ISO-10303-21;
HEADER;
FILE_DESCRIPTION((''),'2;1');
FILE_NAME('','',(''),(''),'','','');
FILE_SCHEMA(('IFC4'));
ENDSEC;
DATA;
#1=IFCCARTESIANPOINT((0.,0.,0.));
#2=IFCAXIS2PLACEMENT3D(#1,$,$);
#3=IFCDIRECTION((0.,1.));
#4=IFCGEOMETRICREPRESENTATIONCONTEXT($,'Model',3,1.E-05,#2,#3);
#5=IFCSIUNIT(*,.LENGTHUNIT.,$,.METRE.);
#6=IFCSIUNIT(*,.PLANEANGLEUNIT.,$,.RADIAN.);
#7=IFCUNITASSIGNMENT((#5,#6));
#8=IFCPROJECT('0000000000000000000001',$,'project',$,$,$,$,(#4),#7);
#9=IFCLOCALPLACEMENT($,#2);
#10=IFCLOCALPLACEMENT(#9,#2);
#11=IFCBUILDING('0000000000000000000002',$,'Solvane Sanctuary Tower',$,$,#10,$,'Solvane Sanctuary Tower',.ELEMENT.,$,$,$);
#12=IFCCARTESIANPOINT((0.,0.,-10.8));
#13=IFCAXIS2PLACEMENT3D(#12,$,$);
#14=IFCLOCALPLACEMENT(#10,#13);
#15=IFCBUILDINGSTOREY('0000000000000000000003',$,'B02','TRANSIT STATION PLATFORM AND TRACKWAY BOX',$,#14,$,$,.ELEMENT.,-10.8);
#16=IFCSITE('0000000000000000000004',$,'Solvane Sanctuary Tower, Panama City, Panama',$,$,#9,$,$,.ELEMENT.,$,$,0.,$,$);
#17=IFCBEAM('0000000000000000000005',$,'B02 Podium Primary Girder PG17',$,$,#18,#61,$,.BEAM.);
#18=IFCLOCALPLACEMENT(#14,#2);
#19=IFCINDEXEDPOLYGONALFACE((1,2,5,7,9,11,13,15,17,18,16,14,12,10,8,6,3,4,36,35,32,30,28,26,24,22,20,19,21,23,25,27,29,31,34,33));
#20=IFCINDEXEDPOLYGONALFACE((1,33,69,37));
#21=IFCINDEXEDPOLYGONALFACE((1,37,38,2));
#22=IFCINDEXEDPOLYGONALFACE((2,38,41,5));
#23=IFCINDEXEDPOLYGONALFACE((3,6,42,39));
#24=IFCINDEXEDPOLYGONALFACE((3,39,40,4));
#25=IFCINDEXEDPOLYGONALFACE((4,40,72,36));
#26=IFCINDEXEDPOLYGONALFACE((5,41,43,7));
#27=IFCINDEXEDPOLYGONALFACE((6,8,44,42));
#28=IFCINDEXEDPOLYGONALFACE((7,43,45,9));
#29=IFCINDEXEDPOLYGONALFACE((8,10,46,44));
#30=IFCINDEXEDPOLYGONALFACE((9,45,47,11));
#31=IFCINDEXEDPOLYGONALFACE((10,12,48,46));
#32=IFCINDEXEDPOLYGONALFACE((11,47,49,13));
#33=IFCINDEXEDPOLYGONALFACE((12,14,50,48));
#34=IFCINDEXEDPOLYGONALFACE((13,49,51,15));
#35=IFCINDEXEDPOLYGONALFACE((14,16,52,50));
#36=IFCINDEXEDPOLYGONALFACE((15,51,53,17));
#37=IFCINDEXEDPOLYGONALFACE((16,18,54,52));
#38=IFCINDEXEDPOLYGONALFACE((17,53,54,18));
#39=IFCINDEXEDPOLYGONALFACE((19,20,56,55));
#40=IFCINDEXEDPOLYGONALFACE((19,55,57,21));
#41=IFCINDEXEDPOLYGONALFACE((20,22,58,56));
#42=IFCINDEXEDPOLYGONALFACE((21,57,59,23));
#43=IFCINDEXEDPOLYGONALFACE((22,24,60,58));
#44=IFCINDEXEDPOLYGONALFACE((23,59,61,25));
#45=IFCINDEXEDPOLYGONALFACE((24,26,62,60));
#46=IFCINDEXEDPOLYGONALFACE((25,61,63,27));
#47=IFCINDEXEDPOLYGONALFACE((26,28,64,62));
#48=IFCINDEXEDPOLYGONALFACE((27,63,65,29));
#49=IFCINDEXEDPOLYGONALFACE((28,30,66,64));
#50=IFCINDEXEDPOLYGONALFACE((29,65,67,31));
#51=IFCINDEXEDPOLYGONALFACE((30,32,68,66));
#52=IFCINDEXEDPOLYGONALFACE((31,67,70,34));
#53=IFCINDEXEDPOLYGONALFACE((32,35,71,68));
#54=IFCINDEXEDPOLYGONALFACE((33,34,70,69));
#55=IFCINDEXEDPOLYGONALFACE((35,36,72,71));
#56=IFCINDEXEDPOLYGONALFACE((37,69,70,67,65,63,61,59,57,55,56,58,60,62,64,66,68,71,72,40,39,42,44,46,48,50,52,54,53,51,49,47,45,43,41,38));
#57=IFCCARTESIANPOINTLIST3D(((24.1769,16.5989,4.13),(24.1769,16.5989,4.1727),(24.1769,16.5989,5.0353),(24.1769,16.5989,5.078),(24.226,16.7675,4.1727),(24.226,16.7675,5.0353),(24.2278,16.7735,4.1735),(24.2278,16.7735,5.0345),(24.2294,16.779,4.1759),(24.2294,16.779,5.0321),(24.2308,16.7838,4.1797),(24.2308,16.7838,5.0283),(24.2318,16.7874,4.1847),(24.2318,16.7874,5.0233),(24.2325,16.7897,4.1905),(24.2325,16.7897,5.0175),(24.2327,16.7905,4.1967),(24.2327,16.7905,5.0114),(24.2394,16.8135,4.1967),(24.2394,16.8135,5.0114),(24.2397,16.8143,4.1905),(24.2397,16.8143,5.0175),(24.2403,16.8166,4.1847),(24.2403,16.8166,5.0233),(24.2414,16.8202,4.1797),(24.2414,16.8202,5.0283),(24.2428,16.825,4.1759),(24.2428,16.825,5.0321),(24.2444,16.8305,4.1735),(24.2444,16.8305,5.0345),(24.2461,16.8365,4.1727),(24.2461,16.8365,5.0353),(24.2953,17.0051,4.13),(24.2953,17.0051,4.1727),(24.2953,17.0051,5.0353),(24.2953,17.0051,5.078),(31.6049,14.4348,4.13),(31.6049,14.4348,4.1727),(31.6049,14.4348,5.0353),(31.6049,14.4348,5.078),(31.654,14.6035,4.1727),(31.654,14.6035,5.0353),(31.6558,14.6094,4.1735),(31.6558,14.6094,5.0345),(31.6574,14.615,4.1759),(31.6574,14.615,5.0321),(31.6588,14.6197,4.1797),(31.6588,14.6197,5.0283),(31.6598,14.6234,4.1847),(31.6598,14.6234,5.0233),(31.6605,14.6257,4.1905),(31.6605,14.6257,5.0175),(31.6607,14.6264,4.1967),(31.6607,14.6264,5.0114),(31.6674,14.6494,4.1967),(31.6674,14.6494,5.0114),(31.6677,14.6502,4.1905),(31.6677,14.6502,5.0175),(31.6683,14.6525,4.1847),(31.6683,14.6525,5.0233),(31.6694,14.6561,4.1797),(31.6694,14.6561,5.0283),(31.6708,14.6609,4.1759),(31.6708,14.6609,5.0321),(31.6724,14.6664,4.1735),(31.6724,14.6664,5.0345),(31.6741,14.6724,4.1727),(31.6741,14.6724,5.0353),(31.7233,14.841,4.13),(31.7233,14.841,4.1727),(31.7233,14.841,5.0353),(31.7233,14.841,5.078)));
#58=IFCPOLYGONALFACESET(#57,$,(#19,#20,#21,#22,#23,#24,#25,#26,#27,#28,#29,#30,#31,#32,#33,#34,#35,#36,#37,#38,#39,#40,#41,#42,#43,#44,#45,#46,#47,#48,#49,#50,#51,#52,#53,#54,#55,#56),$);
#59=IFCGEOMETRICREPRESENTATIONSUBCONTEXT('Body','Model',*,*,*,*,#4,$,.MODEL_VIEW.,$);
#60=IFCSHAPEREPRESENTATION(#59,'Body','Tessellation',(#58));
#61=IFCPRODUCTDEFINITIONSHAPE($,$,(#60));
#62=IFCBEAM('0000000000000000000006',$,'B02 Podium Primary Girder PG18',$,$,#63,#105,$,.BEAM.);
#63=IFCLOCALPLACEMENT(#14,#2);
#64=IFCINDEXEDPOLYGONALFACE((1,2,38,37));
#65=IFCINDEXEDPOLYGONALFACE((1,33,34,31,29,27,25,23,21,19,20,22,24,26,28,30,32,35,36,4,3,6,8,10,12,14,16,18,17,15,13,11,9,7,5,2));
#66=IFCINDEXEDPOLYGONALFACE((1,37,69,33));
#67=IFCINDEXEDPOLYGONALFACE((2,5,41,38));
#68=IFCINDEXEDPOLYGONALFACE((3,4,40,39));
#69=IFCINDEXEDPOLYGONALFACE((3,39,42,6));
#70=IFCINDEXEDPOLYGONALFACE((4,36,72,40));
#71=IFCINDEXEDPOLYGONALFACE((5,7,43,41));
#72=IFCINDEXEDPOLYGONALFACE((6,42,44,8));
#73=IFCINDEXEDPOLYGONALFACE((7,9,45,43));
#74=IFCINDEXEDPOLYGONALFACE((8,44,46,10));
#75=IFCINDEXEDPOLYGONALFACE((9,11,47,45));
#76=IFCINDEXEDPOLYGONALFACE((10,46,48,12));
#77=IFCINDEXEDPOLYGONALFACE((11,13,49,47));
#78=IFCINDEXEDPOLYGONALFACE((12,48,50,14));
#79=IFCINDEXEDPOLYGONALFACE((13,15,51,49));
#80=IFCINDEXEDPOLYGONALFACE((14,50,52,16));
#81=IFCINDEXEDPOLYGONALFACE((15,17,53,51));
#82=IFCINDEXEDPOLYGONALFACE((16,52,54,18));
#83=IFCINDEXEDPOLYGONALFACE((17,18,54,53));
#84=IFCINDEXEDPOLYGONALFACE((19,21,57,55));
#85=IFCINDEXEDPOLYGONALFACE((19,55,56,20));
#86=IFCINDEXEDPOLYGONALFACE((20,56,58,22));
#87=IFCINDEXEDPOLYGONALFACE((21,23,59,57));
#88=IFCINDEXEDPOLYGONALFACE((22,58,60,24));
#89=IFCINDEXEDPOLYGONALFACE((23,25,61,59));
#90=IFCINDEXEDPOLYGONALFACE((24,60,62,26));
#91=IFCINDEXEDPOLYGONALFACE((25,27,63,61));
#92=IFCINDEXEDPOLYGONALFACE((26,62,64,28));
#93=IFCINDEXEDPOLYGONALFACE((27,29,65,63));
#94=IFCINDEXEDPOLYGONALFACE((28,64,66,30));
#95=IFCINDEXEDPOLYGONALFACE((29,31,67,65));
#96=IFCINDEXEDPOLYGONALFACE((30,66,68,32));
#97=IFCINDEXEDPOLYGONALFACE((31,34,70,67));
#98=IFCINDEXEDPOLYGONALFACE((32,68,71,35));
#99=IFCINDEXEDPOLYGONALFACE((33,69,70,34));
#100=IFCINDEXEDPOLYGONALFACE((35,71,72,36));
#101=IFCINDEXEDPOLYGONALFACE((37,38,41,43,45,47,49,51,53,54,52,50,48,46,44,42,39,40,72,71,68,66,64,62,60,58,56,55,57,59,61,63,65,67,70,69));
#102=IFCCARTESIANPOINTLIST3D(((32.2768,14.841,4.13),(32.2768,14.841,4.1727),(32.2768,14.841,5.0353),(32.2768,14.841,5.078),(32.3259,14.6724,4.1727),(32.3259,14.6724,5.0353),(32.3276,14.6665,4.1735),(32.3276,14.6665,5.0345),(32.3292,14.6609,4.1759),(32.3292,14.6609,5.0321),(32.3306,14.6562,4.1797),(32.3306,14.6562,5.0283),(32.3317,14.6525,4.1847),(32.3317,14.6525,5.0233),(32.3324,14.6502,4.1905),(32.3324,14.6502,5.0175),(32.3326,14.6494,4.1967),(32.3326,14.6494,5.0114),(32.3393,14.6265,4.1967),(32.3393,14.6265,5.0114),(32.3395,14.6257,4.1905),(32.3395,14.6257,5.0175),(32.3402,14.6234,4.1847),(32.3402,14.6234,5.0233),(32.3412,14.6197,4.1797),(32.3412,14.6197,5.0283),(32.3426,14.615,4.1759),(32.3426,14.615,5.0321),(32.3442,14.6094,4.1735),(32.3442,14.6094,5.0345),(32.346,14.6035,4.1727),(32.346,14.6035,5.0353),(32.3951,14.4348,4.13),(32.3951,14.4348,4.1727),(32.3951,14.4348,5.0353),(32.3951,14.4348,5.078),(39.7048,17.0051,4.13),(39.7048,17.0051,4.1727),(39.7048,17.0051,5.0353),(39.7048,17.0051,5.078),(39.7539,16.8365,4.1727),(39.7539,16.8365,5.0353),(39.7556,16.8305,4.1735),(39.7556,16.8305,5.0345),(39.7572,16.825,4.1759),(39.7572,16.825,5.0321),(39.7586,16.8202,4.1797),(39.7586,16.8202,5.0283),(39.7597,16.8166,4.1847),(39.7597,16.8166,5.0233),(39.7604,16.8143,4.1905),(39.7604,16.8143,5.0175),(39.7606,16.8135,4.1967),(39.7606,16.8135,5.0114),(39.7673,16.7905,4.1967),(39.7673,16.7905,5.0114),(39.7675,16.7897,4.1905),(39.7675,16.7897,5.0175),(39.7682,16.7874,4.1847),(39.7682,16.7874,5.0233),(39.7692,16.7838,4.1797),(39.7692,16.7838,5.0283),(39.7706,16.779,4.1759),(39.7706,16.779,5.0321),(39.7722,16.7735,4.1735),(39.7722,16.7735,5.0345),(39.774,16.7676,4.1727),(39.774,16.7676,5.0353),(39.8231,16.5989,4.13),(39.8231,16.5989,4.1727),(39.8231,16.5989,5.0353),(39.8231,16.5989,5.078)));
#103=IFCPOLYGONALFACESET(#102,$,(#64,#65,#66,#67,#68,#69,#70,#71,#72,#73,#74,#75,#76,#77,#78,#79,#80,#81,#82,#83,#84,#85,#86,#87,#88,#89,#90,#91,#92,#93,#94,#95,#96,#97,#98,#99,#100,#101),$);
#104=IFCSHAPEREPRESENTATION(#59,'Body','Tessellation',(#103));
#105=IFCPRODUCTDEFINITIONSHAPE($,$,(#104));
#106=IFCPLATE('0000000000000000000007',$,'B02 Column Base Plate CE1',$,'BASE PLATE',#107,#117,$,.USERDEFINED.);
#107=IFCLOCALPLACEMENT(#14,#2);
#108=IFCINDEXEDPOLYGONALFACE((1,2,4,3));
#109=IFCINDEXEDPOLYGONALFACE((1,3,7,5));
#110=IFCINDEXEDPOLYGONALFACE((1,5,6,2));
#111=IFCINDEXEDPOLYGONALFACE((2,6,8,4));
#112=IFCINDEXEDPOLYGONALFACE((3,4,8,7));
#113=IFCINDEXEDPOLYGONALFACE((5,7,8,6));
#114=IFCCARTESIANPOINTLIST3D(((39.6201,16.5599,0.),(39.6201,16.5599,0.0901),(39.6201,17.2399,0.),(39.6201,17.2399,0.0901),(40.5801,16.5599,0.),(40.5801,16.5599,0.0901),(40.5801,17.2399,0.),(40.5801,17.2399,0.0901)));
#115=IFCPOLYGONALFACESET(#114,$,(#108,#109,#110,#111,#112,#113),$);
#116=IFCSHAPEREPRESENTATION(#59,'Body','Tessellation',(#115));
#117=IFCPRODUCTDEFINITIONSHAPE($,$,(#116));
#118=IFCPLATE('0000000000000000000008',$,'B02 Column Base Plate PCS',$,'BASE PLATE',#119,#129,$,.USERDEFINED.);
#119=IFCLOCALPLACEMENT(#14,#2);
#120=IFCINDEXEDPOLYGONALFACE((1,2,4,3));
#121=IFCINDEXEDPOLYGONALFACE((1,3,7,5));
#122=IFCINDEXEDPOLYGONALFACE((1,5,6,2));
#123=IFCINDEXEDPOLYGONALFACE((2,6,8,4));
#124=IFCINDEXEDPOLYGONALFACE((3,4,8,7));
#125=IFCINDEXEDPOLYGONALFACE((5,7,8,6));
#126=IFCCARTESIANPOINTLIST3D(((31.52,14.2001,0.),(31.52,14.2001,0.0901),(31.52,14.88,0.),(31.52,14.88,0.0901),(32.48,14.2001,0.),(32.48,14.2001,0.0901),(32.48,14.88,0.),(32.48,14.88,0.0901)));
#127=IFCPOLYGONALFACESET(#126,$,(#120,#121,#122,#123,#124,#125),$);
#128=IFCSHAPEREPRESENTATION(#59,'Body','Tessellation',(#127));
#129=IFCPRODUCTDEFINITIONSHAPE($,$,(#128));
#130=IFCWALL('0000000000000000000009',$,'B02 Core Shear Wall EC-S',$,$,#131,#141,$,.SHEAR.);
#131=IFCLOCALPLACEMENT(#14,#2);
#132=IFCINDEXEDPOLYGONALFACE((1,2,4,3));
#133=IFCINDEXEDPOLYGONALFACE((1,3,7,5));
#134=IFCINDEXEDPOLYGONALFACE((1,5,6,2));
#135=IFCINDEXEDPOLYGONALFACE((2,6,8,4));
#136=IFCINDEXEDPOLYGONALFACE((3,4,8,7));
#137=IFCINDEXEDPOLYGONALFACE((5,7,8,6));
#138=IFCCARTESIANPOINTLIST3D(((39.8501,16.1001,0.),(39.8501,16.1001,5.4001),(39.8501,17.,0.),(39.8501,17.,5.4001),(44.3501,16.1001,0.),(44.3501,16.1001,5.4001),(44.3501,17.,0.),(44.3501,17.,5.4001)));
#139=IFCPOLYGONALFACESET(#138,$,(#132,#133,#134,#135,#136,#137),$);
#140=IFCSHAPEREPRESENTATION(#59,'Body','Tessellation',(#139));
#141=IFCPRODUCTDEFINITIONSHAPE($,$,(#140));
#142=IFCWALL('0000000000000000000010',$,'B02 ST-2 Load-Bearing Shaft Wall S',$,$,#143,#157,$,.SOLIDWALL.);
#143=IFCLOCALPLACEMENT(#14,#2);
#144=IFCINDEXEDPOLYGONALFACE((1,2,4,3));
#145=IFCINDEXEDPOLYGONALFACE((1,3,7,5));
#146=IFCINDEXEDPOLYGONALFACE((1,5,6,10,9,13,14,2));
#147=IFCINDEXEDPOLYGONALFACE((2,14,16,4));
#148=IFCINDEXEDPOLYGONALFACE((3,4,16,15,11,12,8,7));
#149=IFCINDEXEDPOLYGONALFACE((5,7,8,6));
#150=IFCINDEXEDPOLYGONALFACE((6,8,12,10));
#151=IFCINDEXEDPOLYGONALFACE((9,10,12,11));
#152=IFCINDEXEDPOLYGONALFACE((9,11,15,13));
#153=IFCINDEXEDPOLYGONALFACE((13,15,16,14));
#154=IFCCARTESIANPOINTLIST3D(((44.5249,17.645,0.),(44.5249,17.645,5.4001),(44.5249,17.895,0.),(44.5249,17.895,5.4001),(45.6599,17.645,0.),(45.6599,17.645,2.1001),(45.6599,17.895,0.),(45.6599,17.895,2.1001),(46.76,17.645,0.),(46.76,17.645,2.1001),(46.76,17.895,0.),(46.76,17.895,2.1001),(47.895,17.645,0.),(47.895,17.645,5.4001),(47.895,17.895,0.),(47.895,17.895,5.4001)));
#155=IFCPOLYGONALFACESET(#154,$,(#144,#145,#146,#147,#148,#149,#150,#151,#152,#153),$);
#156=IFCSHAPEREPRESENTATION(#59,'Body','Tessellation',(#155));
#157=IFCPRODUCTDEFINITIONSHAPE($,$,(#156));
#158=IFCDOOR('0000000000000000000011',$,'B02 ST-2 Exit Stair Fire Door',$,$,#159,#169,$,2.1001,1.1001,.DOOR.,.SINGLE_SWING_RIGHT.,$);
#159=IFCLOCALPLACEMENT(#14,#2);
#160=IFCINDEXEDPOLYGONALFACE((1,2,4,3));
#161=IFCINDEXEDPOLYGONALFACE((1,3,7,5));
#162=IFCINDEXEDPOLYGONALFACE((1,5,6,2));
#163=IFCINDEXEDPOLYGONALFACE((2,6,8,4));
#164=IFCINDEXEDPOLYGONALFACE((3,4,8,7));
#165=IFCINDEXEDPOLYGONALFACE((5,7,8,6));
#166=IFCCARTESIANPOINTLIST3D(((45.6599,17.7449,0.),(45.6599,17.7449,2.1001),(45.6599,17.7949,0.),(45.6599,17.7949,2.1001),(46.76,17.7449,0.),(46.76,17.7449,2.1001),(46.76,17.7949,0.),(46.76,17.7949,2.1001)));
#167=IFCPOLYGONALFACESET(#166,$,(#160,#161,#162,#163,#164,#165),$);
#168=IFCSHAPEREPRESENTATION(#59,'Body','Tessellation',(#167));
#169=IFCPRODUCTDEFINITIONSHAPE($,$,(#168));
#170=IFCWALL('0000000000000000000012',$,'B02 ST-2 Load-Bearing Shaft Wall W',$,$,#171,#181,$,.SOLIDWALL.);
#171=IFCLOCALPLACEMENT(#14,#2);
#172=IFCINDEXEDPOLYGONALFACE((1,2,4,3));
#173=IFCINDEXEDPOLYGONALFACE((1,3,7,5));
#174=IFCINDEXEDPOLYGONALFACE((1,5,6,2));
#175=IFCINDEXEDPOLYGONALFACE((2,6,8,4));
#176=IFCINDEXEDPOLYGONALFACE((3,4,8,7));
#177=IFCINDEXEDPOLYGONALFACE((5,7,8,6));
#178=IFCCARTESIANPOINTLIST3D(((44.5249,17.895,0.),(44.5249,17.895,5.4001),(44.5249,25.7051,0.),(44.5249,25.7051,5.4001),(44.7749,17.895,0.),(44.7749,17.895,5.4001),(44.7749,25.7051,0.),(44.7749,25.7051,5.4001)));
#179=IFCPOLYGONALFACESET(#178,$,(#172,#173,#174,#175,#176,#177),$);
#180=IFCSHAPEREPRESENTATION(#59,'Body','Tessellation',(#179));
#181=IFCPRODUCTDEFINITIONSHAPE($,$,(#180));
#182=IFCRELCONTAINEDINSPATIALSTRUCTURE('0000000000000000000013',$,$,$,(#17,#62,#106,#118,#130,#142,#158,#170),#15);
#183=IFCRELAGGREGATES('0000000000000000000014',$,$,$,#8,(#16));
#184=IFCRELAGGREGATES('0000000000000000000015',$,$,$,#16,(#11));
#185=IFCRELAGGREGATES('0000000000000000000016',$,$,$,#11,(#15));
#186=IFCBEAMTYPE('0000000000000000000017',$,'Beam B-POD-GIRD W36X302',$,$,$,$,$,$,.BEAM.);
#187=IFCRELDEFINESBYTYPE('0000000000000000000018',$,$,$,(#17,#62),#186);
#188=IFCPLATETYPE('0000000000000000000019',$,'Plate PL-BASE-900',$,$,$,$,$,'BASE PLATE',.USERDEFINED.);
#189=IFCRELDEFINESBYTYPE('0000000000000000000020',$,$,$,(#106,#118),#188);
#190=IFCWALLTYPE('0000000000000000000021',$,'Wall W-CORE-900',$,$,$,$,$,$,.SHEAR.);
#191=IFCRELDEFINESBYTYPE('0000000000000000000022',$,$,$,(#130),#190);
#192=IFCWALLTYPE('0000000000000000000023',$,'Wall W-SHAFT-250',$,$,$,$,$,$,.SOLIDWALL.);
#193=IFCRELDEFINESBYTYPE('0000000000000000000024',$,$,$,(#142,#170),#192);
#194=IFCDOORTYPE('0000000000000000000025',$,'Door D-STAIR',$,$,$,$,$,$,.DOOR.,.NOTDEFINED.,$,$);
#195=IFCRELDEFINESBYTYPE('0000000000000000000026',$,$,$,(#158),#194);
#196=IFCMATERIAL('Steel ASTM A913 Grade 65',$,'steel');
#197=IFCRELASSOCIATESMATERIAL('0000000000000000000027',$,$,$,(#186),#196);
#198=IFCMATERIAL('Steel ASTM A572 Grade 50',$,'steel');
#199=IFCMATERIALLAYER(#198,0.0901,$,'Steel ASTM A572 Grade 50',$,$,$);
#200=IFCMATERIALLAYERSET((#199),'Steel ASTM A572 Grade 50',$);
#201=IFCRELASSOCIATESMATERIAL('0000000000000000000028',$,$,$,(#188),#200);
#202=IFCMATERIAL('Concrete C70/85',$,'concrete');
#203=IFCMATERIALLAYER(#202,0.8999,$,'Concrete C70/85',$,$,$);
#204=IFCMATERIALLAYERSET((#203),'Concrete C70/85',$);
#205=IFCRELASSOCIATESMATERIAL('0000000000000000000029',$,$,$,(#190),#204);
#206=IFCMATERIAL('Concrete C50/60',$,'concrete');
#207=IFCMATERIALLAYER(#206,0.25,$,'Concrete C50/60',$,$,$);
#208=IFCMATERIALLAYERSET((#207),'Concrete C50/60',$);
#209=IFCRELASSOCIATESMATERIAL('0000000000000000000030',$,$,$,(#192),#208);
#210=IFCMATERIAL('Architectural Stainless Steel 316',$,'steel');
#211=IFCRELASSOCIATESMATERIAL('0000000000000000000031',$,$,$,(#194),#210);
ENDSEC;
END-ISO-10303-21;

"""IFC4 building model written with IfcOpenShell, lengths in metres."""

from ifc_helpers import new_model, si_unit, direction, frame, frame_2d, origin, origin_2d, place, context, subcontext, project, spatial, rectangle, i_section, extrude, material, layer, layer_set, material_profile, profile_set, type_object, element, fill, save


model = new_model("IFC4")

# Units and contexts
model_context = context("Model", 3, precision=1e-05, world=origin(), true_north=direction((0.0, 1.0)))
body_context = subcontext(model_context, "Body", "Model", "MODEL_VIEW")
ifc_project = project(units=[si_unit("LENGTHUNIT", "METRE"), si_unit("PLANEANGLEUNIT", "RADIAN")], contexts=[model_context])

# Site, building, storey
site_placement = place(None, origin())
site = spatial("IfcSite", under=ifc_project, at=site_placement, Name="Solvane Sanctuary Tower, Panama City, Panama", CompositionType="ELEMENT", RefElevation=0.0)
building_placement = place(site_placement, origin())
building = spatial("IfcBuilding", under=site, at=building_placement, Name="Solvane Sanctuary Tower", LongName="Solvane Sanctuary Tower", CompositionType="ELEMENT")
storey_placement = place(building_placement, frame((0.0, 0.0, -10.8)))
storey = spatial("IfcBuildingStorey", under=building, at=storey_placement, Name="B02", Description="TRANSIT STATION PLATFORM AND TRACKWAY BOX", CompositionType="ELEMENT", Elevation=-10.8)

# Shared definitions
ifc_material_1 = material(Name="Concrete C70/85", Category="concrete")

# Beams
ifc_material_2 = material(Name="Steel ASTM A913 Grade 65", Category="steel")
ifc_material_profile_1 = material_profile(ifc_material_2, i_section(OverallWidth=0.4231, OverallDepth=0.948, WebThickness=0.0239, FlangeThickness=0.0427, FilletRadius=0.0239, at=origin_2d()), Name="W36X302")
ifc_profile_set_1 = profile_set([ifc_material_profile_1], Name="Steel ASTM A913 Grade 65")
beam_type_1 = type_object("IfcBeamType", Name="Beam B-POD-GIRD W36X302", PredefinedType="BEAM", material=ifc_profile_set_1)
for number, where, z_axis, x_axis, name in (
    (1, (24.2361, 16.802, 4.604), (0.960084, -0.27971, 0.0), (0.27971, 0.960084, 0.0), "B02 Podium Primary Girder PG17"),
    (2, (32.3359, 14.6379, 4.604), (0.960084, 0.27971, 0.0), (-0.27971, 0.960084, 0.0), "B02 Podium Primary Girder PG18"),
):
    element("IfcBeam", number, at=place(storey_placement, frame(where, z_axis=z_axis, x_axis=x_axis)), inside=storey, type_object=beam_type_1, Name=name, PredefinedType="BEAM", context=body_context, shape_type="SweptSolid", body=[
        extrude(i_section(OverallWidth=0.4231, OverallDepth=0.948, WebThickness=0.0239, FlangeThickness=0.0427, FilletRadius=0.0239, at=origin_2d()), origin(), (0.0, 0.0, 1.0), 7.7368),
    ])

# Plates
ifc_material_3 = material(Name="Steel ASTM A572 Grade 50", Category="steel")
ifc_layer_1 = layer(ifc_material_3, 0.0901, Name="Steel ASTM A572 Grade 50")
ifc_layer_set_1 = layer_set([ifc_layer_1], Name="Steel ASTM A572 Grade 50")
plate_type = type_object("IfcPlateType", Name="Plate PL-BASE-900", ElementType="BASE PLATE", PredefinedType="USERDEFINED", material=ifc_layer_set_1)
for number, where, z_axis, x_axis, name in (
    (3, (40.1001, 16.8999, 0.0), (0.0, 0.0, 1.0), (1.0, 0.0, 0.0), "B02 Column Base Plate CE1"),
    (4, (32.0, 14.54, 0.0), (0.0, 0.0, 1.0), (1.0, 0.0, 0.0), "B02 Column Base Plate PCS"),
):
    element("IfcPlate", number, at=place(storey_placement, frame(where, z_axis=z_axis, x_axis=x_axis)), inside=storey, type_object=plate_type, Name=name, ObjectType="BASE PLATE", PredefinedType="USERDEFINED", context=body_context, shape_type="SweptSolid", body=[
        extrude(rectangle(XDim=0.96, YDim=0.6799, at=origin_2d()), origin(), (0.0, 0.0, 1.0), 0.0901),
    ])

# Wall
ifc_layer_2 = layer(ifc_material_1, 0.8999, Name="Concrete C70/85")
ifc_layer_set_2 = layer_set([ifc_layer_2], Name="Concrete C70/85")
wall_type_1 = type_object("IfcWallType", Name="Wall W-CORE-900", PredefinedType="SHEAR", material=ifc_layer_set_2)
wall_1_placement = place(storey_placement, frame((39.8501, 16.55, 0.0), z_axis=(0.0, 0.0, 1.0), x_axis=(1.0, 0.0, 0.0)))
element("IfcWall", 5, at=wall_1_placement, inside=storey, type_object=wall_type_1, Name="B02 Core Shear Wall EC-S", PredefinedType="SHEAR", context=body_context, shape_type="SweptSolid", body=[
    extrude(rectangle(XDim=4.5, YDim=0.8999, at=frame_2d((2.25, 0.0))), origin(), (0.0, 0.0, 1.0), 5.4001),
])

# Wall, opening, door
ifc_material_4 = material(Name="Concrete C50/60", Category="concrete")
ifc_layer_3 = layer(ifc_material_4, 0.25, Name="Concrete C50/60")
ifc_layer_set_3 = layer_set([ifc_layer_3], Name="Concrete C50/60")
wall_type_2 = type_object("IfcWallType", Name="Wall W-SHAFT-250", PredefinedType="SOLIDWALL", material=ifc_layer_set_3)
wall_2_placement = place(storey_placement, frame((44.5249, 17.77, 0.0), z_axis=(0.0, 0.0, 1.0), x_axis=(1.0, 0.0, 0.0)))
wall_2 = element("IfcWall", 6, at=wall_2_placement, inside=storey, type_object=wall_type_2, Name="B02 ST-2 Load-Bearing Shaft Wall S", PredefinedType="SOLIDWALL", context=body_context, shape_type="SweptSolid", body=[
    extrude(rectangle(XDim=3.3701, YDim=0.25, at=frame_2d((1.6851, 0.0))), origin(), (0.0, 0.0, 1.0), 5.4001),
])
opening_1_placement = place(wall_2_placement, frame((1.135, 0.0, 0.0)))
opening_1 = element("IfcOpeningElement", 7, at=opening_1_placement, cuts=wall_2, PredefinedType="OPENING", context=body_context, shape_type="SweptSolid", body=[
    extrude(rectangle(XDim=1.1001, YDim=2.1001, at=frame_2d((0.55, 1.05))), frame((0.0, 0.135, 0.0), z_axis=(0.0, -1.0, 0.0), x_axis=(1.0, 0.0, 0.0)), (0.0, 0.0, 1.0), 0.27),
])
ifc_material_5 = material(Name="Architectural Stainless Steel 316", Category="steel")
door_type_1 = type_object("IfcDoorType", Name="Door D-STAIR", OperationType="NOTDEFINED", PredefinedType="DOOR", material=ifc_material_5)
door_1_placement = place(opening_1_placement, origin())
door_1 = element("IfcDoor", 8, at=door_1_placement, inside=storey, type_object=door_type_1, Name="B02 ST-2 Exit Stair Fire Door", OperationType="SINGLE_SWING_RIGHT", OverallHeight=2.1001, OverallWidth=1.1001, PredefinedType="DOOR", context=body_context, shape_type="SweptSolid", body=[
    extrude(rectangle(XDim=1.1001, YDim=2.1001, at=frame_2d((0.55, 1.05))), frame((0.0, 0.0249, 0.0), z_axis=(0.0, -1.0, 0.0), x_axis=(1.0, 0.0, 0.0)), (0.0, 0.0, 1.0), 0.05),
])
fill(opening_1, door_1)

# Wall
wall_3_placement = place(storey_placement, frame((44.6499, 17.895, 0.0), z_axis=(0.0, 0.0, 1.0), x_axis=(0.0, 1.0, 0.0)))
element("IfcWall", 9, at=wall_3_placement, inside=storey, type_object=wall_type_2, Name="B02 ST-2 Load-Bearing Shaft Wall W", PredefinedType="SOLIDWALL", context=body_context, shape_type="SweptSolid", body=[
    extrude(rectangle(XDim=7.8101, YDim=0.25, at=frame_2d((3.905, 0.0))), origin(), (0.0, 0.0, 1.0), 5.4001),
])

save(model, "model.ifc")
